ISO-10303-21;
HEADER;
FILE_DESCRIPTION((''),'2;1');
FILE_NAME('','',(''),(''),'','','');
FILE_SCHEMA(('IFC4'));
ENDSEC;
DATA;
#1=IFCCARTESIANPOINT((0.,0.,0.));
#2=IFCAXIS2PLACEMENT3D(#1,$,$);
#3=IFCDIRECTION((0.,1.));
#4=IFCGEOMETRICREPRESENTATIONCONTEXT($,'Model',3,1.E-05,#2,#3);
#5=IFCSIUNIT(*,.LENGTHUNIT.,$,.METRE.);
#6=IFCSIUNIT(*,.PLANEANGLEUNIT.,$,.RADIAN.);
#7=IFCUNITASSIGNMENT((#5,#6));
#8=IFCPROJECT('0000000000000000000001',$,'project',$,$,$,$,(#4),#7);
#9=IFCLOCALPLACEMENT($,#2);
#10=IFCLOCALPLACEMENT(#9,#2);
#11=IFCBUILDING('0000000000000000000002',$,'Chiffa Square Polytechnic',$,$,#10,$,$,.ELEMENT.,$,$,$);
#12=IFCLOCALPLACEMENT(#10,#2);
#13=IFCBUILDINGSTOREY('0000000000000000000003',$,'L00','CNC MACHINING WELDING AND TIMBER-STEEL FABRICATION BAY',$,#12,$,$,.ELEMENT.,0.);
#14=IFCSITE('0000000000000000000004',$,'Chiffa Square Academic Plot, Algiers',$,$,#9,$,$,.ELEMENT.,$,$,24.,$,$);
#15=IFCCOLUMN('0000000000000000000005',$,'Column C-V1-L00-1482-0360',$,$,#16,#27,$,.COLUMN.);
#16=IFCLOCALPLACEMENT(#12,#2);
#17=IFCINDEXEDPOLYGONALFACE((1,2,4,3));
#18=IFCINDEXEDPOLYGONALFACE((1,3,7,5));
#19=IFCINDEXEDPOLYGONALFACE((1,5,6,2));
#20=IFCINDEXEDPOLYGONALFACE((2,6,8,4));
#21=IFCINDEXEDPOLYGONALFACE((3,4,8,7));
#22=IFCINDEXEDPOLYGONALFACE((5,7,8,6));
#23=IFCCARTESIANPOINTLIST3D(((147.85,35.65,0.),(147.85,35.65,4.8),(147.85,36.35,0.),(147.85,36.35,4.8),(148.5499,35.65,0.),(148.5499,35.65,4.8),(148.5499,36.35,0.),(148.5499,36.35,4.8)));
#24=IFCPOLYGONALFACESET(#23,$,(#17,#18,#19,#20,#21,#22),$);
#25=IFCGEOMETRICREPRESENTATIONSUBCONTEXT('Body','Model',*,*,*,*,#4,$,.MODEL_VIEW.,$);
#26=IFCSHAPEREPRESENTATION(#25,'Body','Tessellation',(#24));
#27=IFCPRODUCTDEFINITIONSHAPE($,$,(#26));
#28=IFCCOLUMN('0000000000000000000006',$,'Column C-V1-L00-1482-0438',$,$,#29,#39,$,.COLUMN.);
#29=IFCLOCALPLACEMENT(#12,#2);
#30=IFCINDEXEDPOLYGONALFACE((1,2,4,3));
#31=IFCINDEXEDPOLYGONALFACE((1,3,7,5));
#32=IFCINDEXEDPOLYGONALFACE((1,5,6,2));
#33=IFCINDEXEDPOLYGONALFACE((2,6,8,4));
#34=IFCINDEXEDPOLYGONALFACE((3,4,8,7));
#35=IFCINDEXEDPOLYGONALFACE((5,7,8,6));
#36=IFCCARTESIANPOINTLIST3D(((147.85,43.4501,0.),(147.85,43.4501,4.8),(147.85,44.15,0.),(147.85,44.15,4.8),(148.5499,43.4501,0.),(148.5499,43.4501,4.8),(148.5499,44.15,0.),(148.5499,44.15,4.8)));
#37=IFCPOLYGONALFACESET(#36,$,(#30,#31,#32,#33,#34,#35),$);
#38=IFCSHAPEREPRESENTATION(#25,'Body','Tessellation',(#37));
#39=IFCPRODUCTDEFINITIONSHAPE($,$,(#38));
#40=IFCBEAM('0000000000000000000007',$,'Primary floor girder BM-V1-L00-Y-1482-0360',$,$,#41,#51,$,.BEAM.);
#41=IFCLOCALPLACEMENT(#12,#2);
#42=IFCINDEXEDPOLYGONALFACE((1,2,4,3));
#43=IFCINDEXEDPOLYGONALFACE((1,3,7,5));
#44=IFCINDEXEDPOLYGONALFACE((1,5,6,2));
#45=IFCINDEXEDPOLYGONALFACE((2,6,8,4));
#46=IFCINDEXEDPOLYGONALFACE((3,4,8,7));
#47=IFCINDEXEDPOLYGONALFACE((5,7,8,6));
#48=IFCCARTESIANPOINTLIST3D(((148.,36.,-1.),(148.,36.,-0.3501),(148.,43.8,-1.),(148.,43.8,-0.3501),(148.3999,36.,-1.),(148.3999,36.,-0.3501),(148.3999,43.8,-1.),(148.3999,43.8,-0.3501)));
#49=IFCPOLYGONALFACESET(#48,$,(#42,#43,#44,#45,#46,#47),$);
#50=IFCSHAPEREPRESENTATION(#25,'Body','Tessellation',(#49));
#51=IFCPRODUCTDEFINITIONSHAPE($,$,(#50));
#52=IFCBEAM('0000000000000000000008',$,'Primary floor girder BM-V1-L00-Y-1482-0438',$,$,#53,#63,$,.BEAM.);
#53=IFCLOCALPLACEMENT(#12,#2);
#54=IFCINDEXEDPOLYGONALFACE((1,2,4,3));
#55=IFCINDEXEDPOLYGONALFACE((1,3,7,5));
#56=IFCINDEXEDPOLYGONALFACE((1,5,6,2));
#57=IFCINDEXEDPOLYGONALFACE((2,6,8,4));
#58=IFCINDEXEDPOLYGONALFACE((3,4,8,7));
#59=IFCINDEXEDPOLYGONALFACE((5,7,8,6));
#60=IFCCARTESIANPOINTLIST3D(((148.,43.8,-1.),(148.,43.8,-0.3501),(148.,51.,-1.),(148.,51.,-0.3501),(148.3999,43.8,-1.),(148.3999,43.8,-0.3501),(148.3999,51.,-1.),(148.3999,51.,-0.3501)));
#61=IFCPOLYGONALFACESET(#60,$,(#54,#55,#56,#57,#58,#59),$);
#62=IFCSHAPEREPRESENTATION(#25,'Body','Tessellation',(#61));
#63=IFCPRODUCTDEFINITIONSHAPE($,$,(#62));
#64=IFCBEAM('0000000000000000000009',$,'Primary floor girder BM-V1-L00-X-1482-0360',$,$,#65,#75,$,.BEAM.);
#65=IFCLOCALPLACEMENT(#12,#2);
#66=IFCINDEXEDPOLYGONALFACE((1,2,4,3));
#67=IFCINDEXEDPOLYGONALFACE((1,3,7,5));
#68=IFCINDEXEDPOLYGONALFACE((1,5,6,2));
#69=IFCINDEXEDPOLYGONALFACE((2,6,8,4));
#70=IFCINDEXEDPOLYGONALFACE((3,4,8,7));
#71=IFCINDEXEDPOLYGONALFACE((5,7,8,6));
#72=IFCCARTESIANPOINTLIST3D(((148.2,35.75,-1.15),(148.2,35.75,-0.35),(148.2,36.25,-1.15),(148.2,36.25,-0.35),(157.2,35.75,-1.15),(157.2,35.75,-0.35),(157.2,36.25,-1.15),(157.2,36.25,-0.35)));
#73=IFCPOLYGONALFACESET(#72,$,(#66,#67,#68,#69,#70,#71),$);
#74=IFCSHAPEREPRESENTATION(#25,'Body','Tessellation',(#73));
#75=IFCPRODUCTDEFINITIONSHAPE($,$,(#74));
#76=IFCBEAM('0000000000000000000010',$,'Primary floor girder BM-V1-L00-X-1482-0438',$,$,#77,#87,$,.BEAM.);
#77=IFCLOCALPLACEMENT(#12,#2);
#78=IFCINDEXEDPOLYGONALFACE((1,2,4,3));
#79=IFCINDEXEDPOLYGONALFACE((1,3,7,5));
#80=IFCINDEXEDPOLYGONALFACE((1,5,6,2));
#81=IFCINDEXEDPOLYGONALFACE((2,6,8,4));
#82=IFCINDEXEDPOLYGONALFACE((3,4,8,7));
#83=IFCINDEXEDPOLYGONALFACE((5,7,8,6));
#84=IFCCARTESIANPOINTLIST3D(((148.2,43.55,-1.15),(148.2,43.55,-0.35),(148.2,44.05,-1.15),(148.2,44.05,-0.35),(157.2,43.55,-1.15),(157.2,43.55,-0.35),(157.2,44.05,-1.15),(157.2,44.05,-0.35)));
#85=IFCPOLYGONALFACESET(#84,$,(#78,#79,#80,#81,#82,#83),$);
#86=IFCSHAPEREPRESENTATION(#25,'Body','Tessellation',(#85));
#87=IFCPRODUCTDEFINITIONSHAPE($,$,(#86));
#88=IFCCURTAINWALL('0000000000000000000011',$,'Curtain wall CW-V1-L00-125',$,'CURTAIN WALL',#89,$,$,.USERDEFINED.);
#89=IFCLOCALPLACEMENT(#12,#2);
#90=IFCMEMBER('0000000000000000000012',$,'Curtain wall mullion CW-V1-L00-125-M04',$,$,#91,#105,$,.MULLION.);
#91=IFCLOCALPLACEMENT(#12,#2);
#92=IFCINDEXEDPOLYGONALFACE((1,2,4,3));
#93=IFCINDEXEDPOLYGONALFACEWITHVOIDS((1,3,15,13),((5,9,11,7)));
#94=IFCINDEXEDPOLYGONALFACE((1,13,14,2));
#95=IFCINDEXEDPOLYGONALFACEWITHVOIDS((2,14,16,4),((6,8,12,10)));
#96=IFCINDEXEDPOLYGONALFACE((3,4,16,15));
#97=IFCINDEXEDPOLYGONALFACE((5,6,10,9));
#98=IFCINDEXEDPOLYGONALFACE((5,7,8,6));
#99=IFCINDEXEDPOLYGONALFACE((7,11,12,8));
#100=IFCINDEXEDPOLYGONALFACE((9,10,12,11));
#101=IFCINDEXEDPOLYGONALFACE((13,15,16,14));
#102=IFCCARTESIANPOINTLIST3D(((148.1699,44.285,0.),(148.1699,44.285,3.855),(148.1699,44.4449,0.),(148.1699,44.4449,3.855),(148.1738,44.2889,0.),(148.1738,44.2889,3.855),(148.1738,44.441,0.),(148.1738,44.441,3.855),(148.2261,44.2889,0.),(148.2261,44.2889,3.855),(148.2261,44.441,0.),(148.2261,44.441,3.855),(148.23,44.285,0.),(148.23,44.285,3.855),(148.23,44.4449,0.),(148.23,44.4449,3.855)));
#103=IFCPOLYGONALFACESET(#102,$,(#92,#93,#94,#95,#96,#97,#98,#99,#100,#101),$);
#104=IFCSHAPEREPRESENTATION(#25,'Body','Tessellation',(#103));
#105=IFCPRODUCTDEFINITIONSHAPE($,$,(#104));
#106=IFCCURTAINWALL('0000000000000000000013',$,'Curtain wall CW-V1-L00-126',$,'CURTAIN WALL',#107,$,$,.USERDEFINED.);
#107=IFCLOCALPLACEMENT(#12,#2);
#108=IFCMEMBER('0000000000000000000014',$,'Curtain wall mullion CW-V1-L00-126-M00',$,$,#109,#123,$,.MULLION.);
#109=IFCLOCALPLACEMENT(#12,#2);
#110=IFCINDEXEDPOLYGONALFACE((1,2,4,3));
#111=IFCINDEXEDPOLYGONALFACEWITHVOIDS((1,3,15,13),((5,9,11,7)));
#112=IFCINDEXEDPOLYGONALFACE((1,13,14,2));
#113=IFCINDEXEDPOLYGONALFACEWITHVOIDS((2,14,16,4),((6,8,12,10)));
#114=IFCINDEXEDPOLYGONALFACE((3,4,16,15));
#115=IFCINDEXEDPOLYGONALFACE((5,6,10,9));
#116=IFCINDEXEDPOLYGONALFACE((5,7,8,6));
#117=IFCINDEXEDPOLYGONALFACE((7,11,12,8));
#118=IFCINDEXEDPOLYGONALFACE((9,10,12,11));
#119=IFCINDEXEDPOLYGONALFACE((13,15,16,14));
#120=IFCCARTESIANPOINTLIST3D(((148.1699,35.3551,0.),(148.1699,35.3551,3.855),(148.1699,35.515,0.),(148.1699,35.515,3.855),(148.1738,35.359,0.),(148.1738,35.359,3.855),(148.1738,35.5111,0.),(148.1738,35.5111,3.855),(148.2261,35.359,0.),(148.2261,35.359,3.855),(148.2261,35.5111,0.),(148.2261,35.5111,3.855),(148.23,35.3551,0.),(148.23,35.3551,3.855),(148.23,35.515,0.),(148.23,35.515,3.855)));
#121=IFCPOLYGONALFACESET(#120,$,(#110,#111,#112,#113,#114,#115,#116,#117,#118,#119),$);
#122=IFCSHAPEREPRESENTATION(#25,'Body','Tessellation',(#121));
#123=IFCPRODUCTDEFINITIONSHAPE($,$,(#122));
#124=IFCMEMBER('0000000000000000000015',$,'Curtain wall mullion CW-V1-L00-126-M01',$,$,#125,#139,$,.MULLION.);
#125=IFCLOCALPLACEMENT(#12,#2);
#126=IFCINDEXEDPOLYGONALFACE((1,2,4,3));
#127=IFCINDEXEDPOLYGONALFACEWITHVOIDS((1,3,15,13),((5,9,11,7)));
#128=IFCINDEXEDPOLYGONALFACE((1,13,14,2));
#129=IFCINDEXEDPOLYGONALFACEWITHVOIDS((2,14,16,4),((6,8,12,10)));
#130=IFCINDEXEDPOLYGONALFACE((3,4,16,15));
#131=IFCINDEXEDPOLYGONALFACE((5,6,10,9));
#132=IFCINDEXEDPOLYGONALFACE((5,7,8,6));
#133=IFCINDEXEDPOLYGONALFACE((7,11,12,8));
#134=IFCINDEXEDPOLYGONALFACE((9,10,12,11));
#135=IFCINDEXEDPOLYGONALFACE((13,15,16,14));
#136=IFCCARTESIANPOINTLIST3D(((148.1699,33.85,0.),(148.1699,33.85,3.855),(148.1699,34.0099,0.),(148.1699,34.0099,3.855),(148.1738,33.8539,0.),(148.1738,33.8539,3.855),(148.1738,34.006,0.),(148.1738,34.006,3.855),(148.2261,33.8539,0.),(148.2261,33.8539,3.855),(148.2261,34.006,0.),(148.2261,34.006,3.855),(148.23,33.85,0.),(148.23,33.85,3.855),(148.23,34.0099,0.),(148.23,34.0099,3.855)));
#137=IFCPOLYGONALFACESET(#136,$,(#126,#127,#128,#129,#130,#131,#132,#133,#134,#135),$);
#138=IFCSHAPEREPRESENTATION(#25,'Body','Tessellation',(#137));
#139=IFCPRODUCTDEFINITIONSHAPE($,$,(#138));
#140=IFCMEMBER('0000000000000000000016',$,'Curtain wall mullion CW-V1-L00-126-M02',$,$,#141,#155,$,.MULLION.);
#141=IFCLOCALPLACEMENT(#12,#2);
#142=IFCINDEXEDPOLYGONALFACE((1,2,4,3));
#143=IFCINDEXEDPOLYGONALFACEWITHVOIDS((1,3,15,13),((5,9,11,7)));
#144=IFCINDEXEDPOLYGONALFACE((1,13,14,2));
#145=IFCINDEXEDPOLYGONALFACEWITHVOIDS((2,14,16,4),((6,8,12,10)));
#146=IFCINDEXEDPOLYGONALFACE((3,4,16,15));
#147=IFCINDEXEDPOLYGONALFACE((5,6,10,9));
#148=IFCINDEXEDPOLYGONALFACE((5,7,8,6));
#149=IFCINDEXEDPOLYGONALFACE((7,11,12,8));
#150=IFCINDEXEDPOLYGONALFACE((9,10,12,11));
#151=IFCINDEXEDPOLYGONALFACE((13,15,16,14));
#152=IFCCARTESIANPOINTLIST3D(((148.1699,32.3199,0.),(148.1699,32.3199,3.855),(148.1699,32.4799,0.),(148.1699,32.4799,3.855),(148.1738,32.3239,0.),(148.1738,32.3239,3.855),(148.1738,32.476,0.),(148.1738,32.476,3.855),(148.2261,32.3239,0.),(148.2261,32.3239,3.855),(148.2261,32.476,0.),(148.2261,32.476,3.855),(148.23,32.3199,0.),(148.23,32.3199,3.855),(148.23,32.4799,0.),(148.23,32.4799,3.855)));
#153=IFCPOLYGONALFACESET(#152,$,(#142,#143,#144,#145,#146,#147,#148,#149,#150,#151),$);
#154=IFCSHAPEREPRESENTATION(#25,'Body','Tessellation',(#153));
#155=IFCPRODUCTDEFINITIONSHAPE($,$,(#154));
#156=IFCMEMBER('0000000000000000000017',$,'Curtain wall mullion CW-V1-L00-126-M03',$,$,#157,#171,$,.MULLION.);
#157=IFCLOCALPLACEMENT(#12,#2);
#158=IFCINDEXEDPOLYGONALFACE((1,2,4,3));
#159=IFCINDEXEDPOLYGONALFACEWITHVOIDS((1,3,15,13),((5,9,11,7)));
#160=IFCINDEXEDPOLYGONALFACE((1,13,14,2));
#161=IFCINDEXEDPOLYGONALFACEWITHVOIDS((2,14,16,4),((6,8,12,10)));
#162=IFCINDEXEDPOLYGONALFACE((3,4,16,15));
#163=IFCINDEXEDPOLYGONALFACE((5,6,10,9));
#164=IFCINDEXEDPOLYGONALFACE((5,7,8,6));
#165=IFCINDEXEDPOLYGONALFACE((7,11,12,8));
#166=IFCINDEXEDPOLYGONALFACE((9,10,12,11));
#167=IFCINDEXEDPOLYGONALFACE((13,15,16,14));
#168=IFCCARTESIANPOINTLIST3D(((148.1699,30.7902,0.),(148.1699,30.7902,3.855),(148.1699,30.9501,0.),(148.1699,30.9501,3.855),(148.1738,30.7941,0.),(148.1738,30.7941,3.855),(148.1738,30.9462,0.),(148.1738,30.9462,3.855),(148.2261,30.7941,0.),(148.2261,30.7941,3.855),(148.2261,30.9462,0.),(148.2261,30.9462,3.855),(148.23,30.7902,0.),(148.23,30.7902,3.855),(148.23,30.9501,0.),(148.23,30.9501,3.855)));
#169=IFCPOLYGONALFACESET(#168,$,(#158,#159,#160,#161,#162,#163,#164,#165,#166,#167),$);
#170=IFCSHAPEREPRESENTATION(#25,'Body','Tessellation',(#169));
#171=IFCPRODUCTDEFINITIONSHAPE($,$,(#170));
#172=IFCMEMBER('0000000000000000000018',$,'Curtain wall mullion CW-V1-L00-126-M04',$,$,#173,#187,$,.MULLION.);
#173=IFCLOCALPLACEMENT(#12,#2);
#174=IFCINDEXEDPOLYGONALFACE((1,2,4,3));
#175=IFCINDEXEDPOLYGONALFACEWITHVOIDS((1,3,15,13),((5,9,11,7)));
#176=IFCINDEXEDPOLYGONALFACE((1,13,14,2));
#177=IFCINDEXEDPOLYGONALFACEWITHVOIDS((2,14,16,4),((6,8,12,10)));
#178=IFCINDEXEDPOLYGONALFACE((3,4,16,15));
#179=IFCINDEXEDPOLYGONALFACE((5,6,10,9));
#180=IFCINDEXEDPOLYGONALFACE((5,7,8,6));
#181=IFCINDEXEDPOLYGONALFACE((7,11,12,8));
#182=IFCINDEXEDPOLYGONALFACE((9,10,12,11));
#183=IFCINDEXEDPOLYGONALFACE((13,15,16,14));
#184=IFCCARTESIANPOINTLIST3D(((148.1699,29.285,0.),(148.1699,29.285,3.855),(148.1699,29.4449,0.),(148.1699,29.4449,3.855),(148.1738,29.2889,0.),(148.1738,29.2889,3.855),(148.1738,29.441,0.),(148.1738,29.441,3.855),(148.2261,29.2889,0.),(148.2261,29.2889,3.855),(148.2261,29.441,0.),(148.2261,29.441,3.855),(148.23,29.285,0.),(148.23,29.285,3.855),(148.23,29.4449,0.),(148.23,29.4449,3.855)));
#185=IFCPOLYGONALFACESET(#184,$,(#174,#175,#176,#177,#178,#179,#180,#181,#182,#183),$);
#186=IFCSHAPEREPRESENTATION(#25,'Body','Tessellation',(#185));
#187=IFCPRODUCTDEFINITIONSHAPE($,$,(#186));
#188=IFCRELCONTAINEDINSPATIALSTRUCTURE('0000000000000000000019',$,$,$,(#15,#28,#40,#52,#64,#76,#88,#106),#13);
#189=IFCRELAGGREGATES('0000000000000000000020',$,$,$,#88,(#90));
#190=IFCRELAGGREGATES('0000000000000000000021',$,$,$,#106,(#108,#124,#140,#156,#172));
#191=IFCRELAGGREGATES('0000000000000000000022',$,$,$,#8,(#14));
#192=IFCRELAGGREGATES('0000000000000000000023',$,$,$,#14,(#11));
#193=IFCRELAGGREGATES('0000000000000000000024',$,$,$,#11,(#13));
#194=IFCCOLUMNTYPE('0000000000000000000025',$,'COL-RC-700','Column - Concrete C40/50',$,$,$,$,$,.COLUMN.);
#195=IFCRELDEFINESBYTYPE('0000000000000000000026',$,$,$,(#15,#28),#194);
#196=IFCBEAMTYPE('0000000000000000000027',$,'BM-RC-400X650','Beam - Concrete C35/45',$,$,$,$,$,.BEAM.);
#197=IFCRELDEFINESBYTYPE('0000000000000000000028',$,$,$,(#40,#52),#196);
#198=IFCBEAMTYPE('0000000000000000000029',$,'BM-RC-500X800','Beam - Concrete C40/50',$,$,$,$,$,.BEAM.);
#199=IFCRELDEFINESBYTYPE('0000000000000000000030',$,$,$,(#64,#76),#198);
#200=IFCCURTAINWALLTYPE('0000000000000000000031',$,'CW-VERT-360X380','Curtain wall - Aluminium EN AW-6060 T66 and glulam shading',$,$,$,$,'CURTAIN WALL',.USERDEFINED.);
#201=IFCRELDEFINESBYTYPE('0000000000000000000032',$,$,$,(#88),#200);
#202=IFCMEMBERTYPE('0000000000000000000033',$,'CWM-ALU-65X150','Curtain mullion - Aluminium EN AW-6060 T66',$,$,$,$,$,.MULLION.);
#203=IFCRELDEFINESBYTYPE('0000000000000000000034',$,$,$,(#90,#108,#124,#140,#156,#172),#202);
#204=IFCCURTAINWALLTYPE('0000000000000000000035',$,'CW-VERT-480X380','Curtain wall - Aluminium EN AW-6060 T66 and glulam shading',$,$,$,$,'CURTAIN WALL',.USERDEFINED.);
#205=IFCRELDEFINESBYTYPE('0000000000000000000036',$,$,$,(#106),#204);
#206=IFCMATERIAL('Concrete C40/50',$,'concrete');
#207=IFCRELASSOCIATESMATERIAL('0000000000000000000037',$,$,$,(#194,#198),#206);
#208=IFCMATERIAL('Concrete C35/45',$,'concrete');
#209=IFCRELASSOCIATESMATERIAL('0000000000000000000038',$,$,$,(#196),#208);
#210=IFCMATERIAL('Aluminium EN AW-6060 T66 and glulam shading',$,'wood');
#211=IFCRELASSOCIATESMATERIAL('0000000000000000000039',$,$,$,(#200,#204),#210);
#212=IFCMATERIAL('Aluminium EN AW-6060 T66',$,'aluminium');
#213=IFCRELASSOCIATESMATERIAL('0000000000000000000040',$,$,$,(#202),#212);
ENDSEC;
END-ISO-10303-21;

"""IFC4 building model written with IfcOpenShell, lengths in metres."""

from ifc_helpers import new_model, si_unit, direction, frame, origin, origin_2d, place, context, subcontext, project, spatial, rectangle, hollow_rectangle, extrude, material, material_profile, profile_set, type_object, element, aggregate, save


model = new_model("IFC4")

# Units and contexts
model_context = context("Model", 3, precision=1e-05, world=origin(), true_north=direction((0.0, 1.0)))
body_context = subcontext(model_context, "Body", "Model", "MODEL_VIEW")
ifc_project = project(units=[si_unit("LENGTHUNIT", "METRE"), si_unit("PLANEANGLEUNIT", "RADIAN")], contexts=[model_context])

# Site, building, storey
site_placement = place(None, origin())
site = spatial("IfcSite", under=ifc_project, at=site_placement, Name="Chiffa Square Academic Plot, Algiers", CompositionType="ELEMENT", RefElevation=24.0)
building_placement = place(site_placement, origin())
building = spatial("IfcBuilding", under=site, at=building_placement, Name="Chiffa Square Polytechnic", CompositionType="ELEMENT")
storey_placement = place(building_placement, origin())
storey = spatial("IfcBuildingStorey", under=building, at=storey_placement, Name="L00", Description="CNC MACHINING WELDING AND TIMBER-STEEL FABRICATION BAY", CompositionType="ELEMENT", Elevation=0.0)

# Columns
ifc_material_1 = material(Name="Concrete C40/50", Category="concrete")
ifc_material_profile_1 = material_profile(ifc_material_1, rectangle(XDim=0.7, YDim=0.7, at=origin_2d()), Name="RC 700x700")
ifc_profile_set_1 = profile_set([ifc_material_profile_1], Name="Concrete C40/50")
column_type = type_object("IfcColumnType", Name="COL-RC-700", Description="Column - Concrete C40/50", PredefinedType="COLUMN", material=ifc_profile_set_1)
for number, where, z_axis, x_axis, name in (
    (1, (148.2, 36.0, 0.0), (0.0, 0.0, 1.0), (1.0, 0.0, 0.0), "Column C-V1-L00-1482-0360"),
    (2, (148.2, 43.8, 0.0), (0.0, 0.0, 1.0), (1.0, 0.0, 0.0), "Column C-V1-L00-1482-0438"),
):
    element("IfcColumn", number, at=place(storey_placement, frame(where, z_axis=z_axis, x_axis=x_axis)), inside=storey, type_object=column_type, Name=name, PredefinedType="COLUMN", context=body_context, shape_type="SweptSolid", body=[
        extrude(rectangle(XDim=0.7, YDim=0.7, at=origin_2d()), origin(), (0.0, 0.0, 1.0), 4.8),
    ])

# Beams
ifc_material_2 = material(Name="Concrete C35/45", Category="concrete")
ifc_material_profile_2 = material_profile(ifc_material_2, rectangle(XDim=0.3999, YDim=0.6499, at=origin_2d()), Name="RC 400x650")
ifc_profile_set_2 = profile_set([ifc_material_profile_2], Name="Concrete C35/45")
beam_type_1 = type_object("IfcBeamType", Name="BM-RC-400X650", Description="Beam - Concrete C35/45", PredefinedType="BEAM", material=ifc_profile_set_2)
beam_1_placement = place(storey_placement, frame((148.2, 36.0, -0.675), z_axis=(0.0, 1.0, 0.0), x_axis=(-1.0, 0.0, 0.0)))
element("IfcBeam", 3, at=beam_1_placement, inside=storey, type_object=beam_type_1, Name="Primary floor girder BM-V1-L00-Y-1482-0360", PredefinedType="BEAM", context=body_context, shape_type="SweptSolid", body=[
    extrude(rectangle(XDim=0.3999, YDim=0.6499, at=origin_2d()), origin(), (0.0, 0.0, 1.0), 7.8),
])
beam_2_placement = place(storey_placement, frame((148.2, 43.8, -0.675), z_axis=(0.0, 1.0, 0.0), x_axis=(-1.0, 0.0, 0.0)))
element("IfcBeam", 4, at=beam_2_placement, inside=storey, type_object=beam_type_1, Name="Primary floor girder BM-V1-L00-Y-1482-0438", PredefinedType="BEAM", context=body_context, shape_type="SweptSolid", body=[
    extrude(rectangle(XDim=0.3999, YDim=0.6499, at=origin_2d()), origin(), (0.0, 0.0, 1.0), 7.2),
])
ifc_material_profile_3 = material_profile(ifc_material_1, rectangle(XDim=0.5, YDim=0.8, at=origin_2d()), Name="RC 500x800")
ifc_profile_set_3 = profile_set([ifc_material_profile_3], Name="Concrete C40/50")
beam_type_2 = type_object("IfcBeamType", Name="BM-RC-500X800", Description="Beam - Concrete C40/50", PredefinedType="BEAM", material=ifc_profile_set_3)
for number, where, z_axis, x_axis, name in (
    (5, (148.2, 36.0, -0.75), (1.0, 0.0, 0.0), (0.0, 1.0, 0.0), "Primary floor girder BM-V1-L00-X-1482-0360"),
    (6, (148.2, 43.8, -0.75), (1.0, 0.0, 0.0), (0.0, 1.0, 0.0), "Primary floor girder BM-V1-L00-X-1482-0438"),
):
    element("IfcBeam", number, at=place(storey_placement, frame(where, z_axis=z_axis, x_axis=x_axis)), inside=storey, type_object=beam_type_2, Name=name, PredefinedType="BEAM", context=body_context, shape_type="SweptSolid", body=[
        extrude(rectangle(XDim=0.5, YDim=0.8, at=origin_2d()), origin(), (0.0, 0.0, 1.0), 9.0),
    ])

# Curtain wall, member
ifc_material_3 = material(Name="Aluminium EN AW-6060 T66 and glulam shading", Category="wood")
curtain_wall_type_1 = type_object("IfcCurtainWallType", Name="CW-VERT-360X380", Description="Curtain wall - Aluminium EN AW-6060 T66 and glulam shading", ElementType="CURTAIN WALL", PredefinedType="USERDEFINED", material=ifc_material_3)
curtain_wall_1_placement = place(storey_placement, origin())
curtain_wall_1 = element("IfcCurtainWall", 7, at=curtain_wall_1_placement, inside=storey, type_object=curtain_wall_type_1, Name="Curtain wall CW-V1-L00-125", ObjectType="CURTAIN WALL", PredefinedType="USERDEFINED")
ifc_material_4 = material(Name="Aluminium EN AW-6060 T66", Category="aluminium")
ifc_material_profile_4 = material_profile(ifc_material_4, hollow_rectangle(XDim=0.0601, YDim=0.1599, WallThickness=0.0039, at=origin_2d()), Name="ALU 60x160x4")
ifc_profile_set_4 = profile_set([ifc_material_profile_4], Name="Aluminium EN AW-6060 T66")
member_type_1 = type_object("IfcMemberType", Name="CWM-ALU-65X150", Description="Curtain mullion - Aluminium EN AW-6060 T66", PredefinedType="MULLION", material=ifc_profile_set_4)
member_1_placement = place(storey_placement, frame((148.2, 44.365, 0.0), z_axis=(0.0, 0.0, 1.0), x_axis=(1.0, 0.0, 0.0)))
member_1 = element("IfcMember", 8, at=member_1_placement, type_object=member_type_1, Name="Curtain wall mullion CW-V1-L00-125-M04", PredefinedType="MULLION", context=body_context, shape_type="SweptSolid", body=[
    extrude(hollow_rectangle(XDim=0.0601, YDim=0.1599, WallThickness=0.0039, at=origin_2d()), origin(), (0.0, 0.0, 1.0), 3.855),
])

# Curtain wall, members
curtain_wall_type_2 = type_object("IfcCurtainWallType", Name="CW-VERT-480X380", Description="Curtain wall - Aluminium EN AW-6060 T66 and glulam shading", ElementType="CURTAIN WALL", PredefinedType="USERDEFINED", material=ifc_material_3)
curtain_wall_2_placement = place(storey_placement, origin())
curtain_wall_2 = element("IfcCurtainWall", 9, at=curtain_wall_2_placement, inside=storey, type_object=curtain_wall_type_2, Name="Curtain wall CW-V1-L00-126", ObjectType="CURTAIN WALL", PredefinedType="USERDEFINED")
member_2_placement = place(storey_placement, frame((148.2, 35.4351, 0.0), z_axis=(0.0, 0.0, 1.0), x_axis=(1.0, 0.0, 0.0)))
member_2 = element("IfcMember", 10, at=member_2_placement, type_object=member_type_1, Name="Curtain wall mullion CW-V1-L00-126-M00", PredefinedType="MULLION", context=body_context, shape_type="SweptSolid", body=[
    extrude(hollow_rectangle(XDim=0.0601, YDim=0.1599, WallThickness=0.0039, at=origin_2d()), origin(), (0.0, 0.0, 1.0), 3.855),
])
member_3_placement = place(storey_placement, frame((148.2, 33.9299, 0.0), z_axis=(0.0, 0.0, 1.0), x_axis=(1.0, 0.0, 0.0)))
member_3 = element("IfcMember", 11, at=member_3_placement, type_object=member_type_1, Name="Curtain wall mullion CW-V1-L00-126-M01", PredefinedType="MULLION", context=body_context, shape_type="SweptSolid", body=[
    extrude(hollow_rectangle(XDim=0.0601, YDim=0.1599, WallThickness=0.0039, at=origin_2d()), origin(), (0.0, 0.0, 1.0), 3.855),
])
member_4_placement = place(storey_placement, frame((148.2, 32.3999, 0.0), z_axis=(0.0, 0.0, 1.0), x_axis=(1.0, 0.0, 0.0)))
member_4 = element("IfcMember", 12, at=member_4_placement, type_object=member_type_1, Name="Curtain wall mullion CW-V1-L00-126-M02", PredefinedType="MULLION", context=body_context, shape_type="SweptSolid", body=[
    extrude(hollow_rectangle(XDim=0.0601, YDim=0.1599, WallThickness=0.0039, at=origin_2d()), origin(), (0.0, 0.0, 1.0), 3.855),
])
member_5_placement = place(storey_placement, frame((148.2, 30.8701, 0.0), z_axis=(0.0, 0.0, 1.0), x_axis=(1.0, 0.0, 0.0)))
member_5 = element("IfcMember", 13, at=member_5_placement, type_object=member_type_1, Name="Curtain wall mullion CW-V1-L00-126-M03", PredefinedType="MULLION", context=body_context, shape_type="SweptSolid", body=[
    extrude(hollow_rectangle(XDim=0.0601, YDim=0.1599, WallThickness=0.0039, at=origin_2d()), origin(), (0.0, 0.0, 1.0), 3.855),
])
member_6_placement = place(storey_placement, frame((148.2, 29.365, 0.0), z_axis=(0.0, 0.0, 1.0), x_axis=(1.0, 0.0, 0.0)))
member_6 = element("IfcMember", 14, at=member_6_placement, type_object=member_type_1, Name="Curtain wall mullion CW-V1-L00-126-M04", PredefinedType="MULLION", context=body_context, shape_type="SweptSolid", body=[
    extrude(hollow_rectangle(XDim=0.0601, YDim=0.1599, WallThickness=0.0039, at=origin_2d()), origin(), (0.0, 0.0, 1.0), 3.855),
])

aggregate(curtain_wall_1, [member_1])

aggregate(curtain_wall_2, [member_2, member_3, member_4, member_5, member_6])

save(model, "model.ifc")
